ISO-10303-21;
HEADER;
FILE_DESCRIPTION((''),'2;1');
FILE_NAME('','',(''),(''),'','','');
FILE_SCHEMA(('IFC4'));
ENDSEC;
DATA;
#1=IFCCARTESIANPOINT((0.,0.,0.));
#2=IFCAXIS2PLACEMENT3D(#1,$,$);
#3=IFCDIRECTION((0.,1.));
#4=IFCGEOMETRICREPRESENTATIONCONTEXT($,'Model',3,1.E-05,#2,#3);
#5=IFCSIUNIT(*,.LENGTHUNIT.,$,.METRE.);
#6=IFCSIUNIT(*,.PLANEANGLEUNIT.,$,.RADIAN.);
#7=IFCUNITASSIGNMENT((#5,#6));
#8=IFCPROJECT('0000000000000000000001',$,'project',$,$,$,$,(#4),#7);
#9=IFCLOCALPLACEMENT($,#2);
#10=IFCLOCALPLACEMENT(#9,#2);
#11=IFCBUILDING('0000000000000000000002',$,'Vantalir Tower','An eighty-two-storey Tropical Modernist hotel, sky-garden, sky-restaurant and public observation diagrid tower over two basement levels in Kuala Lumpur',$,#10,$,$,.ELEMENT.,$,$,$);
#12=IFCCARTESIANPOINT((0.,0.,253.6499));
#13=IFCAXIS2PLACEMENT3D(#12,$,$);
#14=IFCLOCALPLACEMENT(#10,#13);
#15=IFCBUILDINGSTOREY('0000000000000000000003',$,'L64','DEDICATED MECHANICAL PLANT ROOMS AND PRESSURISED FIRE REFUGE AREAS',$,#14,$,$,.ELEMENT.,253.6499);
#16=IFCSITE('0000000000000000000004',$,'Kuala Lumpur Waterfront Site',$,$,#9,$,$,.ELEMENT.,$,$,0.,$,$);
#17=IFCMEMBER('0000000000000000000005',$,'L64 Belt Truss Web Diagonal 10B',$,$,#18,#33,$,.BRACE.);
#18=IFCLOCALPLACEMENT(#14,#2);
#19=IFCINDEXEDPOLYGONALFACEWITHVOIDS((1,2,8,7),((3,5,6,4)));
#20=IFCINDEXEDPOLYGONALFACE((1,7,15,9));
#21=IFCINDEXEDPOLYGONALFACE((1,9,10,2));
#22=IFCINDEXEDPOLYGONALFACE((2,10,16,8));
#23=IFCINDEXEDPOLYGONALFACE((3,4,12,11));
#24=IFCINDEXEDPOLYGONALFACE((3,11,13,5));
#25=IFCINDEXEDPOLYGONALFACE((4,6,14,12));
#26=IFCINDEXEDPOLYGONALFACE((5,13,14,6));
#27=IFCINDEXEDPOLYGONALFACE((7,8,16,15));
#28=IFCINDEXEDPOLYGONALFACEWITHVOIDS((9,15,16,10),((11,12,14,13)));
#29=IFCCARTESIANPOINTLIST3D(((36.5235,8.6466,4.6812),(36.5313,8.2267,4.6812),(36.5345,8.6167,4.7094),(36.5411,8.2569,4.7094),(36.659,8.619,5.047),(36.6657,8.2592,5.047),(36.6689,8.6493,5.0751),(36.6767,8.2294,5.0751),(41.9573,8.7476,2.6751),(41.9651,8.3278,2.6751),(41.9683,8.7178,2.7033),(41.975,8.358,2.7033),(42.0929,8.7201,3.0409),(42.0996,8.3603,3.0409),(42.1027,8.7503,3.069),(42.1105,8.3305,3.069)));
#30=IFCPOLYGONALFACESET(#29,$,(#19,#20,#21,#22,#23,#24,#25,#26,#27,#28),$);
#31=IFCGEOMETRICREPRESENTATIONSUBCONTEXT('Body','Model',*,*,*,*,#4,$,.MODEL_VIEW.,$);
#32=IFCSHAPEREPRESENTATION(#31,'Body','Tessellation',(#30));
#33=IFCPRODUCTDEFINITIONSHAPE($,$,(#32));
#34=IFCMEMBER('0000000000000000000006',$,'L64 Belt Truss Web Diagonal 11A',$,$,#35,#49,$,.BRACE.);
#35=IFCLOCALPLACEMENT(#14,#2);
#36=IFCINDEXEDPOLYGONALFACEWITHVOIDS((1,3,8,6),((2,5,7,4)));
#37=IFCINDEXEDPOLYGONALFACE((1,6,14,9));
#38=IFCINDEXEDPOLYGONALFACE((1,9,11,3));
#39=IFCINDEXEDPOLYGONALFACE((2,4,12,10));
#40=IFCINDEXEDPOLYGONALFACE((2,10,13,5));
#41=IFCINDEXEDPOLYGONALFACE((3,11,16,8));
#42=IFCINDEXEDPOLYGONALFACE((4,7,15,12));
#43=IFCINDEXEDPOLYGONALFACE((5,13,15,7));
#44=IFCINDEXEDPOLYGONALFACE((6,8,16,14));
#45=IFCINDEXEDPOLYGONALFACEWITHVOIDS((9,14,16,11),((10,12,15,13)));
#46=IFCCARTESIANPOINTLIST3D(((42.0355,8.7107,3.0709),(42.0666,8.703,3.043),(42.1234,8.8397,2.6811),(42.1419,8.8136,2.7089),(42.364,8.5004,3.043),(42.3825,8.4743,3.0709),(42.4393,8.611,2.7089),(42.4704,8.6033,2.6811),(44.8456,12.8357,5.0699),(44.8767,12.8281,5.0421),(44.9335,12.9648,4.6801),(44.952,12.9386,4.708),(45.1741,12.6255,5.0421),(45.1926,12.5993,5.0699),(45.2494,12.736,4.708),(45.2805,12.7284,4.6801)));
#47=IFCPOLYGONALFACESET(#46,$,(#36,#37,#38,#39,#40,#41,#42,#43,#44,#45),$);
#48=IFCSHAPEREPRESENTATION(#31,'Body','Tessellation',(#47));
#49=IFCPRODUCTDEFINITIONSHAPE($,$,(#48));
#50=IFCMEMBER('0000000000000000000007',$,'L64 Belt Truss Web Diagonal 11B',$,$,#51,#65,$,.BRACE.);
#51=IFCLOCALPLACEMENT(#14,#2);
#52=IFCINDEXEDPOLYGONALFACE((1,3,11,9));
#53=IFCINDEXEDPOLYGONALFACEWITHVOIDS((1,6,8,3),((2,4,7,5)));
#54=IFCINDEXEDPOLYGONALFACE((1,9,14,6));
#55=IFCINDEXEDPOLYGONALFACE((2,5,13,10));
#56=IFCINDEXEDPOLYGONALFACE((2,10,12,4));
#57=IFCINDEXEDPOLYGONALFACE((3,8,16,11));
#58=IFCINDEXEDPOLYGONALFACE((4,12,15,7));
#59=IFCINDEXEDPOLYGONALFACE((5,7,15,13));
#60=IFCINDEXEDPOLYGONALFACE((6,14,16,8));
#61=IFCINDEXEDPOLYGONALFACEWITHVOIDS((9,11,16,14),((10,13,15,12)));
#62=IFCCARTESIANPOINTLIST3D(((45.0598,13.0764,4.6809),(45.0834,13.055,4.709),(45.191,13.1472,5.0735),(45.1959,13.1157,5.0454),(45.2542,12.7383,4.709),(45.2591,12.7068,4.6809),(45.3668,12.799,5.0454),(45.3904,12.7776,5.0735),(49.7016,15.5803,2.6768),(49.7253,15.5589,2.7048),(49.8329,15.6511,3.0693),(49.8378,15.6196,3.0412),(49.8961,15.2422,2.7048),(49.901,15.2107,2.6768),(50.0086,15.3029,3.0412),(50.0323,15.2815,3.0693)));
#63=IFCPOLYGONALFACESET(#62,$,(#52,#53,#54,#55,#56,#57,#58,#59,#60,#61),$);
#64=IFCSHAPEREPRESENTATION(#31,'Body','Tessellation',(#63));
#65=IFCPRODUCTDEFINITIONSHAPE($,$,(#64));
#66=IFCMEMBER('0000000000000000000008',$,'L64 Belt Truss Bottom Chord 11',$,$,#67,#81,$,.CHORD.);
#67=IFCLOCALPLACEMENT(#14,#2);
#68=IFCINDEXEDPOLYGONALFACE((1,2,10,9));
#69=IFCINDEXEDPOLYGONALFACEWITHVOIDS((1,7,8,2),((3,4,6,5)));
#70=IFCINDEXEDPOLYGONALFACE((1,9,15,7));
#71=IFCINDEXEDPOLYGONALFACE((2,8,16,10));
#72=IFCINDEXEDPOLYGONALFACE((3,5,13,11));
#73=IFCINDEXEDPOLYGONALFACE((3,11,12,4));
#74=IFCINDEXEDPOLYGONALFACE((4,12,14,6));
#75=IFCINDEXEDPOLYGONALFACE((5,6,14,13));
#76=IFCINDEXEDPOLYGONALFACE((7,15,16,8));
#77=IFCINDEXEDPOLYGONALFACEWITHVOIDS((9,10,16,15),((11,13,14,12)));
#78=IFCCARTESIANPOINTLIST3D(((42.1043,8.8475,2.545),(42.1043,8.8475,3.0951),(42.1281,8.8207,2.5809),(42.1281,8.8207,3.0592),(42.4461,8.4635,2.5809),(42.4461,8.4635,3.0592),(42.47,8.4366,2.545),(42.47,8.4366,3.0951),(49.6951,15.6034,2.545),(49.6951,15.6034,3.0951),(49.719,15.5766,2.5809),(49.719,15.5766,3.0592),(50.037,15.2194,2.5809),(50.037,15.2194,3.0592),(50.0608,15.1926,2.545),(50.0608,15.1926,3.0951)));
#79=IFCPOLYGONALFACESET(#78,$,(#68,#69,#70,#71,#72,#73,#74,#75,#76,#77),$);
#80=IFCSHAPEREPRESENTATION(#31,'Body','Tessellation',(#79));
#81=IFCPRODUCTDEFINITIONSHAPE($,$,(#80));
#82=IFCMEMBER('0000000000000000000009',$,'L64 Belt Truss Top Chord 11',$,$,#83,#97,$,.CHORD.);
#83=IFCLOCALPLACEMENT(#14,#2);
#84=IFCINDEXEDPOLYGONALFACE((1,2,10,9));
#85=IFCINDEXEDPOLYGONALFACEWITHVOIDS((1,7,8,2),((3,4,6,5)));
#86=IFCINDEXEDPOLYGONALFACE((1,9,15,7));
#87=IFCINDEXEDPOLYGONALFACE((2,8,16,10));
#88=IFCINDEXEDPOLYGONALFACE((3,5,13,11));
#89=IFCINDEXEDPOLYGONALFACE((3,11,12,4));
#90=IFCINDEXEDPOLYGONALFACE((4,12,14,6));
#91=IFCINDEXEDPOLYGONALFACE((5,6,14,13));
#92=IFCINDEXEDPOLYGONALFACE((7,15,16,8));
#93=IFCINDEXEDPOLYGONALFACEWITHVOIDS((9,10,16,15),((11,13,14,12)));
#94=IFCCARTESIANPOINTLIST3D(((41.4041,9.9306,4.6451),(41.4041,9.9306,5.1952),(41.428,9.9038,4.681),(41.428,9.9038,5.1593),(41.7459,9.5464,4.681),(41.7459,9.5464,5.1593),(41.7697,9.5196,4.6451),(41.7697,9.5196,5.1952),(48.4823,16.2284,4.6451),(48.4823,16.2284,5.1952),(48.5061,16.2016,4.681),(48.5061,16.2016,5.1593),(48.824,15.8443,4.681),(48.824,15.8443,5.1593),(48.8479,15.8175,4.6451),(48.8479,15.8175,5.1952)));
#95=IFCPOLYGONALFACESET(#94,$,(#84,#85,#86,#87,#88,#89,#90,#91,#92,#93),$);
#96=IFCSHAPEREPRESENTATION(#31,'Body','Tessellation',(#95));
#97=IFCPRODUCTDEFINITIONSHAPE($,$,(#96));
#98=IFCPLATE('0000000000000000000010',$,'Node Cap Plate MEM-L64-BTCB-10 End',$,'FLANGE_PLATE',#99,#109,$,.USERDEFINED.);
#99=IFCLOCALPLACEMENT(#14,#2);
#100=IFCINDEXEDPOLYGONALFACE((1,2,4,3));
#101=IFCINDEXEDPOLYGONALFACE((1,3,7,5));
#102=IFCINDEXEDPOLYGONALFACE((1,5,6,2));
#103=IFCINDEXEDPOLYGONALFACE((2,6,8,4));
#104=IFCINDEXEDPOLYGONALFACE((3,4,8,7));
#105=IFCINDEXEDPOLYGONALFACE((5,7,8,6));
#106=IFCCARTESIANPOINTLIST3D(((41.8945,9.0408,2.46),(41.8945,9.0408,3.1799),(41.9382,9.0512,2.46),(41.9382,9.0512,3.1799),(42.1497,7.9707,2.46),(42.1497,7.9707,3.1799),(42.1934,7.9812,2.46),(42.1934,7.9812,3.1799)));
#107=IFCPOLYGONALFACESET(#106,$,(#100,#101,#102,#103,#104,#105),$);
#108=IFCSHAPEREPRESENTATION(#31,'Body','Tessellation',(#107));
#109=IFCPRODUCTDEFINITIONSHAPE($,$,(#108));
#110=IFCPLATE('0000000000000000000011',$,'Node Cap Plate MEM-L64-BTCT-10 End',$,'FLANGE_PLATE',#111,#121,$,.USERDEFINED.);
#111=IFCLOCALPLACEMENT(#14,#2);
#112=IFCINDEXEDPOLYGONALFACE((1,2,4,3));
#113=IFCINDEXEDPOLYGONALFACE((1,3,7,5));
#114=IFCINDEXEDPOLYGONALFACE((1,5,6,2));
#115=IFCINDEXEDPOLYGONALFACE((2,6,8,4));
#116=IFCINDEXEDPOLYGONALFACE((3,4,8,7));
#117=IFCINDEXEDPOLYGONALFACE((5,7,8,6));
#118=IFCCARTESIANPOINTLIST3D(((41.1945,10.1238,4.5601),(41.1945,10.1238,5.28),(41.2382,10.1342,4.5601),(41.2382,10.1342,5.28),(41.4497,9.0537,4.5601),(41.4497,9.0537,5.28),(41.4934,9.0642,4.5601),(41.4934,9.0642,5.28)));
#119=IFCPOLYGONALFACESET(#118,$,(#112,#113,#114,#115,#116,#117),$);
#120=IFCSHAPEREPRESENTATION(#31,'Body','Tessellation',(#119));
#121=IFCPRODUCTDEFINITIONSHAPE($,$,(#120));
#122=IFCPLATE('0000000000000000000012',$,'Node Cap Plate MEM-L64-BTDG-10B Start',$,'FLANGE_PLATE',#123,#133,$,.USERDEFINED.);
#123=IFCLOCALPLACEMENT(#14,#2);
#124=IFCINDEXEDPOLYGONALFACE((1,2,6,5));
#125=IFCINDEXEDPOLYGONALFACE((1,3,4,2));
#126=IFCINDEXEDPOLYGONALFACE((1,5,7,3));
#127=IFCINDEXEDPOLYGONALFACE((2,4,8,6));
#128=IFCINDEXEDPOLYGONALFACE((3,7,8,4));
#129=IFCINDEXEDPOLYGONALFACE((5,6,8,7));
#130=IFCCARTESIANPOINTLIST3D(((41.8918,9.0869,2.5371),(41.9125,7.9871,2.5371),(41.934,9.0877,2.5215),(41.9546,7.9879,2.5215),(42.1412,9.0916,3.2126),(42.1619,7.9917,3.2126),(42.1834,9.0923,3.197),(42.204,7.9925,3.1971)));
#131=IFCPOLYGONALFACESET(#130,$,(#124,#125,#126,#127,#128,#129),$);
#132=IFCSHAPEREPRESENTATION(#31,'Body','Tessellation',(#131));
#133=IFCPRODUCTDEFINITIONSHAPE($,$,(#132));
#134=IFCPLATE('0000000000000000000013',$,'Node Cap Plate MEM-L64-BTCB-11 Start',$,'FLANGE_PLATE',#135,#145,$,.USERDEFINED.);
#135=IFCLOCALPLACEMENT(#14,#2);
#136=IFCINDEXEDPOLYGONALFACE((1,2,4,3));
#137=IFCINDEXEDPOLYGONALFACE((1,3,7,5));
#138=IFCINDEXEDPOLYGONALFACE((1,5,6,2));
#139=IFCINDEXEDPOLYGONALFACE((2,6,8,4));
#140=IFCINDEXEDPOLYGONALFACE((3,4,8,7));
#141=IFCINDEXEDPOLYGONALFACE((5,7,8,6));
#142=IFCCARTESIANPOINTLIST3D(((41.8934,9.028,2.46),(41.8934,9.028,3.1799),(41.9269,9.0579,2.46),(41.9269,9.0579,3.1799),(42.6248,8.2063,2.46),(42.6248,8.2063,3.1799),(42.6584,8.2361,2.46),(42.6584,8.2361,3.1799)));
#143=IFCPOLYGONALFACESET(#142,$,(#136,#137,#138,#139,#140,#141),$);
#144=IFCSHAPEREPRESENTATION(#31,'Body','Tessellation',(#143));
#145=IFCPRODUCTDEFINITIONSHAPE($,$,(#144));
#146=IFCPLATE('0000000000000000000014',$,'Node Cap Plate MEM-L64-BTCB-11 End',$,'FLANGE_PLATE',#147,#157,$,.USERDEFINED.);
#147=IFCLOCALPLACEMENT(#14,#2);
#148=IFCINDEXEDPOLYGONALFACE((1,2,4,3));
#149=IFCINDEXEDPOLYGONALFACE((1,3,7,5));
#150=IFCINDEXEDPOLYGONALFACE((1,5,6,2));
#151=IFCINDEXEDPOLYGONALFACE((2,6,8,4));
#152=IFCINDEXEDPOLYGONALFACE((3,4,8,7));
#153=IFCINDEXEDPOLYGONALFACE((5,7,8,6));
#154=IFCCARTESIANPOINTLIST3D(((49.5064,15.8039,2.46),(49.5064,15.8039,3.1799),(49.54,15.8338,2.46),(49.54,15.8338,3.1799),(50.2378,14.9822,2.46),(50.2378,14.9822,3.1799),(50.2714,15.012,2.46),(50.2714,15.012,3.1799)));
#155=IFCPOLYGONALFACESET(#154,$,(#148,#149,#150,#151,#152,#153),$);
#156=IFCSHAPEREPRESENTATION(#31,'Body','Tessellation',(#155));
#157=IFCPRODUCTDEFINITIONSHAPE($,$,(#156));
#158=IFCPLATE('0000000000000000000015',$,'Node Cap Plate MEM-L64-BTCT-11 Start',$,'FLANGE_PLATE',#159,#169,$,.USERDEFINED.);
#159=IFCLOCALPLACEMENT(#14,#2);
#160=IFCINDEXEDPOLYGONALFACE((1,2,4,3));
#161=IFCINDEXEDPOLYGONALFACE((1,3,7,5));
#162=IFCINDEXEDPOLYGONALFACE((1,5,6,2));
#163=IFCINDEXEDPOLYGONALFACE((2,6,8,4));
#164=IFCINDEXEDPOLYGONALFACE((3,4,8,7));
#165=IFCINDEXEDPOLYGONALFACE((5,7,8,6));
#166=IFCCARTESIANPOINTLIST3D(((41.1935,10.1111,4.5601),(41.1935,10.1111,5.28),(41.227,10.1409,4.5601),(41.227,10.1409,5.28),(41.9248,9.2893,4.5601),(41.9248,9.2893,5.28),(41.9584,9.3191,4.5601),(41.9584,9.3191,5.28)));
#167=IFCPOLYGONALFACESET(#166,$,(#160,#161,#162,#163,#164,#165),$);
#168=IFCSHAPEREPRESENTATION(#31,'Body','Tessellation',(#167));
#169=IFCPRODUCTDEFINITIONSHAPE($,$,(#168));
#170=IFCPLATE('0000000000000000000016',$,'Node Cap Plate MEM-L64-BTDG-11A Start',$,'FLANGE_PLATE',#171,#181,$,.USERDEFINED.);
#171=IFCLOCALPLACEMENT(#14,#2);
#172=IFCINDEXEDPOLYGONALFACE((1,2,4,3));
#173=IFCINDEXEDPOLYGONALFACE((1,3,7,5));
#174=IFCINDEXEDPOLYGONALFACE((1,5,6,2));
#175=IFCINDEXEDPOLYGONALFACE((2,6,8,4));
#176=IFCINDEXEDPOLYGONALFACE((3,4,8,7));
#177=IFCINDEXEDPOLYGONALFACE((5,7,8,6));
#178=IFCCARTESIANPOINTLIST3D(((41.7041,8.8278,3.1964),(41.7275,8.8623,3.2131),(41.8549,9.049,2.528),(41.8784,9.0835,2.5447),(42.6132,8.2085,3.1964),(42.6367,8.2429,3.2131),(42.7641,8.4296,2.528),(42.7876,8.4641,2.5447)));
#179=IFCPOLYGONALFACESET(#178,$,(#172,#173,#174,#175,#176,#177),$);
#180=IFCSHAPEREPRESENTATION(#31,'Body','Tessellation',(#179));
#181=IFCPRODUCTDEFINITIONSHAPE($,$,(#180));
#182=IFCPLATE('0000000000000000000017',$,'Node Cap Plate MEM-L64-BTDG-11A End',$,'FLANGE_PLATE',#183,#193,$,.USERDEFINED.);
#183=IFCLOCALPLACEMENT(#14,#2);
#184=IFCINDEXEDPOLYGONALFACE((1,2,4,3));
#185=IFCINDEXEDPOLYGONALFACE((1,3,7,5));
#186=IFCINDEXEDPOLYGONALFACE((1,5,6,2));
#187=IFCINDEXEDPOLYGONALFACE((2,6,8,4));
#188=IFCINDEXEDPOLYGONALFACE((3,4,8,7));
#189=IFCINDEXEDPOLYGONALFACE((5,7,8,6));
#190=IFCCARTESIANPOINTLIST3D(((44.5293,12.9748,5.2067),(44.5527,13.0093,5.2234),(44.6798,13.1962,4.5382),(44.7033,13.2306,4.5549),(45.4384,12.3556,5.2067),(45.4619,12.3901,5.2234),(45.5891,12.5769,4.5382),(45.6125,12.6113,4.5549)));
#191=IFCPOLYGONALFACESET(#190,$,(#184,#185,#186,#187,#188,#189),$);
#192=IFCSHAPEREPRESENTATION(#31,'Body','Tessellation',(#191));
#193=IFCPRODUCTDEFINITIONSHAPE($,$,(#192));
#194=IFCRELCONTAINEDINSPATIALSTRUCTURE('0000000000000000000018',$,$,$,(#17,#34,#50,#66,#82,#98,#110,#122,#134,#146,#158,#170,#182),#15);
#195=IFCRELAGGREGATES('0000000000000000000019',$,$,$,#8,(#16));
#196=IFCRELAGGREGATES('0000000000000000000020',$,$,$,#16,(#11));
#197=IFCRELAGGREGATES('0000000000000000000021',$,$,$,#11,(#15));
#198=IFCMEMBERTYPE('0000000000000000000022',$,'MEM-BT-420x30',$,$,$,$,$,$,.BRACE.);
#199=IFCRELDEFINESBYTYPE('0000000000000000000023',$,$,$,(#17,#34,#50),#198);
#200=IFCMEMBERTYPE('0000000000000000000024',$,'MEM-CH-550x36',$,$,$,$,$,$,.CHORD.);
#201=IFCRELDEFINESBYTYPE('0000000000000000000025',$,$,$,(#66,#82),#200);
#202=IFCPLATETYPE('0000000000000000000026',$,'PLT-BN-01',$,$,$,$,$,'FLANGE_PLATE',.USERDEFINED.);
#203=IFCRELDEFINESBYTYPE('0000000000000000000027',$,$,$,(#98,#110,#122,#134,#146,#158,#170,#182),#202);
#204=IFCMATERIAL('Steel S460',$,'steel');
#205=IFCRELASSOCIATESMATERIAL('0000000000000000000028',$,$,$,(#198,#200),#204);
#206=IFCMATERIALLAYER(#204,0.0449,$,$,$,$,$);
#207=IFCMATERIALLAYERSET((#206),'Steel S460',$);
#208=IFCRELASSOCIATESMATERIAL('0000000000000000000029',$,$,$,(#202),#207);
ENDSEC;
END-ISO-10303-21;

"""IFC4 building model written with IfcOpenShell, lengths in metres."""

from ifc_helpers import new_model, si_unit, direction, frame, origin, origin_2d, place, context, subcontext, project, spatial, polyline, rectangle, hollow_rectangle, outline, extrude, material, layer, layer_set, material_profile, profile_set, type_object, element, save


model = new_model("IFC4")

# Units and contexts
model_context = context("Model", 3, precision=1e-05, world=origin(), true_north=direction((0.0, 1.0)))
body_context = subcontext(model_context, "Body", "Model", "MODEL_VIEW")
ifc_project = project(units=[si_unit("LENGTHUNIT", "METRE"), si_unit("PLANEANGLEUNIT", "RADIAN")], contexts=[model_context])

# Site, building, storey
site_placement = place(None, origin())
site = spatial("IfcSite", under=ifc_project, at=site_placement, Name="Kuala Lumpur Waterfront Site", CompositionType="ELEMENT", RefElevation=0.0)
building_placement = place(site_placement, origin())
building = spatial("IfcBuilding", under=site, at=building_placement, Name="Vantalir Tower", Description="An eighty-two-storey Tropical Modernist hotel, sky-garden, sky-restaurant and public observation diagrid tower over two basement levels in Kuala Lumpur", CompositionType="ELEMENT")
storey_placement = place(building_placement, frame((0.0, 0.0, 253.6499)))
storey = spatial("IfcBuildingStorey", under=building, at=storey_placement, Name="L64", Description="DEDICATED MECHANICAL PLANT ROOMS AND PRESSURISED FIRE REFUGE AREAS", CompositionType="ELEMENT", Elevation=253.6499)

# Shared definitions
ifc_material_1 = material(Name="Steel S460", Category="steel")

# Members
ifc_material_profile_1 = material_profile(ifc_material_1, hollow_rectangle(XDim=0.4199, YDim=0.4199, WallThickness=0.03, at=origin_2d()), Name="Steel S460")
ifc_profile_set_1 = profile_set([ifc_material_profile_1], Name="Steel S460")
member_type_1 = type_object("IfcMemberType", Name="MEM-BT-420x30", PredefinedType="BRACE", material=ifc_profile_set_1)
member_1_placement = place(storey_placement, frame((42.0339, 8.5391, 2.8721), z_axis=(-0.937967, -0.017447, 0.346285), x_axis=(0.018598, -0.999827, 0.0)))
element("IfcMember", 1, at=member_1_placement, inside=storey, type_object=member_type_1, Name="L64 Belt Truss Web Diagonal 10B", PredefinedType="BRACE", context=body_context, shape_type="SweptSolid", body=[
    extrude(hollow_rectangle(XDim=0.4199, YDim=0.4199, WallThickness=0.03, at=origin_2d()), origin(), (0.0, 0.0, 1.0), 5.7932),
])
member_2_placement = place(storey_placement, frame((42.2529, 8.657, 2.876), z_axis=(0.522643, 0.767209, 0.371799), x_axis=(-0.826455, 0.563003, 0.0)))
element("IfcMember", 2, at=member_2_placement, inside=storey, type_object=member_type_1, Name="L64 Belt Truss Web Diagonal 11A", PredefinedType="BRACE", context=body_context, shape_type="SweptSolid", body=[
    extrude(hollow_rectangle(XDim=0.4199, YDim=0.4199, WallThickness=0.03, at=origin_2d()), origin(), (0.0, 0.0, 1.0), 5.3767),
])
member_3_placement = place(storey_placement, frame((49.8669, 15.4309, 2.873), z_axis=(-0.822721, -0.443793, 0.355216), x_axis=(0.474754, -0.880119, 0.0)))
element("IfcMember", 3, at=member_3_placement, inside=storey, type_object=member_type_1, Name="L64 Belt Truss Web Diagonal 11B", PredefinedType="BRACE", context=body_context, shape_type="SweptSolid", body=[
    extrude(hollow_rectangle(XDim=0.4199, YDim=0.4199, WallThickness=0.03, at=origin_2d()), origin(), (0.0, 0.0, 1.0), 5.6421),
])
ifc_material_profile_2 = material_profile(ifc_material_1, hollow_rectangle(XDim=0.55, YDim=0.55, WallThickness=0.0359, at=origin_2d()), Name="Steel S460")
ifc_profile_set_2 = profile_set([ifc_material_profile_2], Name="Steel S460")
member_type_2 = type_object("IfcMemberType", Name="MEM-CH-550x36", PredefinedType="CHORD", material=ifc_profile_set_2)
member_4_placement = place(storey_placement, frame((42.2871, 8.6421, 2.8201), z_axis=(0.746996, 0.664829, 0.0), x_axis=(-0.664829, 0.746996, 0.0)))
element("IfcMember", 4, at=member_4_placement, inside=storey, type_object=member_type_2, Name="L64 Belt Truss Bottom Chord 11", PredefinedType="CHORD", context=body_context, shape_type="SweptSolid", body=[
    extrude(hollow_rectangle(XDim=0.55, YDim=0.55, WallThickness=0.0359, at=origin_2d()), origin(), (0.0, 0.0, 1.0), 10.1619),
])
member_5_placement = place(storey_placement, frame((41.5869, 9.7251, 4.9202), z_axis=(0.747085, 0.664728, 0.0), x_axis=(-0.664728, 0.747085, 0.0)))
element("IfcMember", 5, at=member_5_placement, inside=storey, type_object=member_type_2, Name="L64 Belt Truss Top Chord 11", PredefinedType="CHORD", context=body_context, shape_type="SweptSolid", body=[
    extrude(hollow_rectangle(XDim=0.55, YDim=0.55, WallThickness=0.0359, at=origin_2d()), origin(), (0.0, 0.0, 1.0), 9.4744),
])

# Plates
ifc_layer_1 = layer(ifc_material_1, 0.0449)
ifc_layer_set_1 = layer_set([ifc_layer_1], Name="Steel S460")
plate_type_1 = type_object("IfcPlateType", Name="PLT-BN-01", ElementType="FLANGE_PLATE", PredefinedType="USERDEFINED", material=ifc_layer_set_1)
for number, where, z_axis, x_axis, name in (
    (6, (42.0439, 8.511, 2.46), (0.0, 0.0, 1.0), (0.972715, 0.232003, 0.0), "Node Cap Plate MEM-L64-BTCB-10 End"),
    (7, (41.344, 9.594, 4.5601), (0.0, 0.0, 1.0), (0.972719, 0.231986, 0.0), "Node Cap Plate MEM-L64-BTCT-10 End"),
):
    element("IfcPlate", number, at=place(storey_placement, frame(where, z_axis=z_axis, x_axis=x_axis)), inside=storey, type_object=plate_type_1, Name=name, ObjectType="FLANGE_PLATE", PredefinedType="USERDEFINED", context=body_context, shape_type="SweptSolid", body=[
        extrude(rectangle(XDim=0.0449, YDim=1.1001, at=origin_2d()), origin(), (0.0, 0.0, 1.0), 0.72),
    ])
plate_1_placement = place(storey_placement, frame((41.8918, 9.0869, 2.5371), z_axis=(-0.93793, -0.017593, 0.346379), x_axis=(0.01874, -0.999824, -0.000036)))
element("IfcPlate", 8, at=plate_1_placement, inside=storey, type_object=plate_type_1, Name="Node Cap Plate MEM-L64-BTDG-10B Start", ObjectType="FLANGE_PLATE", PredefinedType="USERDEFINED", context=body_context, shape_type="SweptSolid", body=[
    extrude(outline(polyline([(0.0, 0.0), (1.1, 0.0), (1.1001, 0.7202), (0.0, 0.7201), (0.0, 0.0)])), origin(), (0.0, 0.0, -1.0), 0.0449),
])
for number, where, z_axis, x_axis, name in (
    (9, (42.2759, 8.6321, 2.46), (0.0, 0.0, 1.0), (0.746963, 0.664865, 0.0), "Node Cap Plate MEM-L64-BTCB-11 Start"),
    (10, (49.8889, 15.408, 2.46), (0.0, 0.0, 1.0), (0.746963, 0.664865, 0.0), "Node Cap Plate MEM-L64-BTCB-11 End"),
    (11, (41.5759, 9.7151, 4.5601), (0.0, 0.0, 1.0), (0.747033, 0.664787, 0.0), "Node Cap Plate MEM-L64-BTCT-11 Start"),
):
    element("IfcPlate", number, at=place(storey_placement, frame(where, z_axis=z_axis, x_axis=x_axis)), inside=storey, type_object=plate_type_1, Name=name, ObjectType="FLANGE_PLATE", PredefinedType="USERDEFINED", context=body_context, shape_type="SweptSolid", body=[
        extrude(rectangle(XDim=0.0449, YDim=1.1001, at=origin_2d()), origin(), (0.0, 0.0, 1.0), 0.72),
    ])
plate_2_placement = place(storey_placement, frame((42.7876, 8.4641, 2.5447), z_axis=(0.522652, 0.767188, 0.37183), x_axis=(-0.826443, 0.56302, 0.0)))
element("IfcPlate", 12, at=plate_2_placement, inside=storey, type_object=plate_type_1, Name="Node Cap Plate MEM-L64-BTDG-11A Start", ObjectType="FLANGE_PLATE", PredefinedType="USERDEFINED", context=body_context, shape_type="SweptSolid", body=[
    extrude(outline(polyline([(0.0, 0.0), (1.1001, 0.0), (1.1003, 0.7201), (0.0002, 0.7201), (0.0, 0.0)])), origin(), (0.0, 0.0, -1.0), 0.0449),
])
plate_3_placement = place(storey_placement, frame((45.6125, 12.6113, 4.5549), z_axis=(0.522591, 0.76725, 0.371786), x_axis=(-0.826488, 0.562955, -0.000032)))
element("IfcPlate", 13, at=plate_3_placement, inside=storey, type_object=plate_type_1, Name="Node Cap Plate MEM-L64-BTDG-11A End", ObjectType="FLANGE_PLATE", PredefinedType="USERDEFINED", context=body_context, shape_type="SweptSolid", body=[
    extrude(outline(polyline([(0.0, 0.0), (1.1001, 0.0), (1.0999, 0.7201), (0.0, 0.72), (0.0, 0.0)])), origin(), (0.0, 0.0, -1.0), 0.0449),
])

save(model, "model.ifc")
